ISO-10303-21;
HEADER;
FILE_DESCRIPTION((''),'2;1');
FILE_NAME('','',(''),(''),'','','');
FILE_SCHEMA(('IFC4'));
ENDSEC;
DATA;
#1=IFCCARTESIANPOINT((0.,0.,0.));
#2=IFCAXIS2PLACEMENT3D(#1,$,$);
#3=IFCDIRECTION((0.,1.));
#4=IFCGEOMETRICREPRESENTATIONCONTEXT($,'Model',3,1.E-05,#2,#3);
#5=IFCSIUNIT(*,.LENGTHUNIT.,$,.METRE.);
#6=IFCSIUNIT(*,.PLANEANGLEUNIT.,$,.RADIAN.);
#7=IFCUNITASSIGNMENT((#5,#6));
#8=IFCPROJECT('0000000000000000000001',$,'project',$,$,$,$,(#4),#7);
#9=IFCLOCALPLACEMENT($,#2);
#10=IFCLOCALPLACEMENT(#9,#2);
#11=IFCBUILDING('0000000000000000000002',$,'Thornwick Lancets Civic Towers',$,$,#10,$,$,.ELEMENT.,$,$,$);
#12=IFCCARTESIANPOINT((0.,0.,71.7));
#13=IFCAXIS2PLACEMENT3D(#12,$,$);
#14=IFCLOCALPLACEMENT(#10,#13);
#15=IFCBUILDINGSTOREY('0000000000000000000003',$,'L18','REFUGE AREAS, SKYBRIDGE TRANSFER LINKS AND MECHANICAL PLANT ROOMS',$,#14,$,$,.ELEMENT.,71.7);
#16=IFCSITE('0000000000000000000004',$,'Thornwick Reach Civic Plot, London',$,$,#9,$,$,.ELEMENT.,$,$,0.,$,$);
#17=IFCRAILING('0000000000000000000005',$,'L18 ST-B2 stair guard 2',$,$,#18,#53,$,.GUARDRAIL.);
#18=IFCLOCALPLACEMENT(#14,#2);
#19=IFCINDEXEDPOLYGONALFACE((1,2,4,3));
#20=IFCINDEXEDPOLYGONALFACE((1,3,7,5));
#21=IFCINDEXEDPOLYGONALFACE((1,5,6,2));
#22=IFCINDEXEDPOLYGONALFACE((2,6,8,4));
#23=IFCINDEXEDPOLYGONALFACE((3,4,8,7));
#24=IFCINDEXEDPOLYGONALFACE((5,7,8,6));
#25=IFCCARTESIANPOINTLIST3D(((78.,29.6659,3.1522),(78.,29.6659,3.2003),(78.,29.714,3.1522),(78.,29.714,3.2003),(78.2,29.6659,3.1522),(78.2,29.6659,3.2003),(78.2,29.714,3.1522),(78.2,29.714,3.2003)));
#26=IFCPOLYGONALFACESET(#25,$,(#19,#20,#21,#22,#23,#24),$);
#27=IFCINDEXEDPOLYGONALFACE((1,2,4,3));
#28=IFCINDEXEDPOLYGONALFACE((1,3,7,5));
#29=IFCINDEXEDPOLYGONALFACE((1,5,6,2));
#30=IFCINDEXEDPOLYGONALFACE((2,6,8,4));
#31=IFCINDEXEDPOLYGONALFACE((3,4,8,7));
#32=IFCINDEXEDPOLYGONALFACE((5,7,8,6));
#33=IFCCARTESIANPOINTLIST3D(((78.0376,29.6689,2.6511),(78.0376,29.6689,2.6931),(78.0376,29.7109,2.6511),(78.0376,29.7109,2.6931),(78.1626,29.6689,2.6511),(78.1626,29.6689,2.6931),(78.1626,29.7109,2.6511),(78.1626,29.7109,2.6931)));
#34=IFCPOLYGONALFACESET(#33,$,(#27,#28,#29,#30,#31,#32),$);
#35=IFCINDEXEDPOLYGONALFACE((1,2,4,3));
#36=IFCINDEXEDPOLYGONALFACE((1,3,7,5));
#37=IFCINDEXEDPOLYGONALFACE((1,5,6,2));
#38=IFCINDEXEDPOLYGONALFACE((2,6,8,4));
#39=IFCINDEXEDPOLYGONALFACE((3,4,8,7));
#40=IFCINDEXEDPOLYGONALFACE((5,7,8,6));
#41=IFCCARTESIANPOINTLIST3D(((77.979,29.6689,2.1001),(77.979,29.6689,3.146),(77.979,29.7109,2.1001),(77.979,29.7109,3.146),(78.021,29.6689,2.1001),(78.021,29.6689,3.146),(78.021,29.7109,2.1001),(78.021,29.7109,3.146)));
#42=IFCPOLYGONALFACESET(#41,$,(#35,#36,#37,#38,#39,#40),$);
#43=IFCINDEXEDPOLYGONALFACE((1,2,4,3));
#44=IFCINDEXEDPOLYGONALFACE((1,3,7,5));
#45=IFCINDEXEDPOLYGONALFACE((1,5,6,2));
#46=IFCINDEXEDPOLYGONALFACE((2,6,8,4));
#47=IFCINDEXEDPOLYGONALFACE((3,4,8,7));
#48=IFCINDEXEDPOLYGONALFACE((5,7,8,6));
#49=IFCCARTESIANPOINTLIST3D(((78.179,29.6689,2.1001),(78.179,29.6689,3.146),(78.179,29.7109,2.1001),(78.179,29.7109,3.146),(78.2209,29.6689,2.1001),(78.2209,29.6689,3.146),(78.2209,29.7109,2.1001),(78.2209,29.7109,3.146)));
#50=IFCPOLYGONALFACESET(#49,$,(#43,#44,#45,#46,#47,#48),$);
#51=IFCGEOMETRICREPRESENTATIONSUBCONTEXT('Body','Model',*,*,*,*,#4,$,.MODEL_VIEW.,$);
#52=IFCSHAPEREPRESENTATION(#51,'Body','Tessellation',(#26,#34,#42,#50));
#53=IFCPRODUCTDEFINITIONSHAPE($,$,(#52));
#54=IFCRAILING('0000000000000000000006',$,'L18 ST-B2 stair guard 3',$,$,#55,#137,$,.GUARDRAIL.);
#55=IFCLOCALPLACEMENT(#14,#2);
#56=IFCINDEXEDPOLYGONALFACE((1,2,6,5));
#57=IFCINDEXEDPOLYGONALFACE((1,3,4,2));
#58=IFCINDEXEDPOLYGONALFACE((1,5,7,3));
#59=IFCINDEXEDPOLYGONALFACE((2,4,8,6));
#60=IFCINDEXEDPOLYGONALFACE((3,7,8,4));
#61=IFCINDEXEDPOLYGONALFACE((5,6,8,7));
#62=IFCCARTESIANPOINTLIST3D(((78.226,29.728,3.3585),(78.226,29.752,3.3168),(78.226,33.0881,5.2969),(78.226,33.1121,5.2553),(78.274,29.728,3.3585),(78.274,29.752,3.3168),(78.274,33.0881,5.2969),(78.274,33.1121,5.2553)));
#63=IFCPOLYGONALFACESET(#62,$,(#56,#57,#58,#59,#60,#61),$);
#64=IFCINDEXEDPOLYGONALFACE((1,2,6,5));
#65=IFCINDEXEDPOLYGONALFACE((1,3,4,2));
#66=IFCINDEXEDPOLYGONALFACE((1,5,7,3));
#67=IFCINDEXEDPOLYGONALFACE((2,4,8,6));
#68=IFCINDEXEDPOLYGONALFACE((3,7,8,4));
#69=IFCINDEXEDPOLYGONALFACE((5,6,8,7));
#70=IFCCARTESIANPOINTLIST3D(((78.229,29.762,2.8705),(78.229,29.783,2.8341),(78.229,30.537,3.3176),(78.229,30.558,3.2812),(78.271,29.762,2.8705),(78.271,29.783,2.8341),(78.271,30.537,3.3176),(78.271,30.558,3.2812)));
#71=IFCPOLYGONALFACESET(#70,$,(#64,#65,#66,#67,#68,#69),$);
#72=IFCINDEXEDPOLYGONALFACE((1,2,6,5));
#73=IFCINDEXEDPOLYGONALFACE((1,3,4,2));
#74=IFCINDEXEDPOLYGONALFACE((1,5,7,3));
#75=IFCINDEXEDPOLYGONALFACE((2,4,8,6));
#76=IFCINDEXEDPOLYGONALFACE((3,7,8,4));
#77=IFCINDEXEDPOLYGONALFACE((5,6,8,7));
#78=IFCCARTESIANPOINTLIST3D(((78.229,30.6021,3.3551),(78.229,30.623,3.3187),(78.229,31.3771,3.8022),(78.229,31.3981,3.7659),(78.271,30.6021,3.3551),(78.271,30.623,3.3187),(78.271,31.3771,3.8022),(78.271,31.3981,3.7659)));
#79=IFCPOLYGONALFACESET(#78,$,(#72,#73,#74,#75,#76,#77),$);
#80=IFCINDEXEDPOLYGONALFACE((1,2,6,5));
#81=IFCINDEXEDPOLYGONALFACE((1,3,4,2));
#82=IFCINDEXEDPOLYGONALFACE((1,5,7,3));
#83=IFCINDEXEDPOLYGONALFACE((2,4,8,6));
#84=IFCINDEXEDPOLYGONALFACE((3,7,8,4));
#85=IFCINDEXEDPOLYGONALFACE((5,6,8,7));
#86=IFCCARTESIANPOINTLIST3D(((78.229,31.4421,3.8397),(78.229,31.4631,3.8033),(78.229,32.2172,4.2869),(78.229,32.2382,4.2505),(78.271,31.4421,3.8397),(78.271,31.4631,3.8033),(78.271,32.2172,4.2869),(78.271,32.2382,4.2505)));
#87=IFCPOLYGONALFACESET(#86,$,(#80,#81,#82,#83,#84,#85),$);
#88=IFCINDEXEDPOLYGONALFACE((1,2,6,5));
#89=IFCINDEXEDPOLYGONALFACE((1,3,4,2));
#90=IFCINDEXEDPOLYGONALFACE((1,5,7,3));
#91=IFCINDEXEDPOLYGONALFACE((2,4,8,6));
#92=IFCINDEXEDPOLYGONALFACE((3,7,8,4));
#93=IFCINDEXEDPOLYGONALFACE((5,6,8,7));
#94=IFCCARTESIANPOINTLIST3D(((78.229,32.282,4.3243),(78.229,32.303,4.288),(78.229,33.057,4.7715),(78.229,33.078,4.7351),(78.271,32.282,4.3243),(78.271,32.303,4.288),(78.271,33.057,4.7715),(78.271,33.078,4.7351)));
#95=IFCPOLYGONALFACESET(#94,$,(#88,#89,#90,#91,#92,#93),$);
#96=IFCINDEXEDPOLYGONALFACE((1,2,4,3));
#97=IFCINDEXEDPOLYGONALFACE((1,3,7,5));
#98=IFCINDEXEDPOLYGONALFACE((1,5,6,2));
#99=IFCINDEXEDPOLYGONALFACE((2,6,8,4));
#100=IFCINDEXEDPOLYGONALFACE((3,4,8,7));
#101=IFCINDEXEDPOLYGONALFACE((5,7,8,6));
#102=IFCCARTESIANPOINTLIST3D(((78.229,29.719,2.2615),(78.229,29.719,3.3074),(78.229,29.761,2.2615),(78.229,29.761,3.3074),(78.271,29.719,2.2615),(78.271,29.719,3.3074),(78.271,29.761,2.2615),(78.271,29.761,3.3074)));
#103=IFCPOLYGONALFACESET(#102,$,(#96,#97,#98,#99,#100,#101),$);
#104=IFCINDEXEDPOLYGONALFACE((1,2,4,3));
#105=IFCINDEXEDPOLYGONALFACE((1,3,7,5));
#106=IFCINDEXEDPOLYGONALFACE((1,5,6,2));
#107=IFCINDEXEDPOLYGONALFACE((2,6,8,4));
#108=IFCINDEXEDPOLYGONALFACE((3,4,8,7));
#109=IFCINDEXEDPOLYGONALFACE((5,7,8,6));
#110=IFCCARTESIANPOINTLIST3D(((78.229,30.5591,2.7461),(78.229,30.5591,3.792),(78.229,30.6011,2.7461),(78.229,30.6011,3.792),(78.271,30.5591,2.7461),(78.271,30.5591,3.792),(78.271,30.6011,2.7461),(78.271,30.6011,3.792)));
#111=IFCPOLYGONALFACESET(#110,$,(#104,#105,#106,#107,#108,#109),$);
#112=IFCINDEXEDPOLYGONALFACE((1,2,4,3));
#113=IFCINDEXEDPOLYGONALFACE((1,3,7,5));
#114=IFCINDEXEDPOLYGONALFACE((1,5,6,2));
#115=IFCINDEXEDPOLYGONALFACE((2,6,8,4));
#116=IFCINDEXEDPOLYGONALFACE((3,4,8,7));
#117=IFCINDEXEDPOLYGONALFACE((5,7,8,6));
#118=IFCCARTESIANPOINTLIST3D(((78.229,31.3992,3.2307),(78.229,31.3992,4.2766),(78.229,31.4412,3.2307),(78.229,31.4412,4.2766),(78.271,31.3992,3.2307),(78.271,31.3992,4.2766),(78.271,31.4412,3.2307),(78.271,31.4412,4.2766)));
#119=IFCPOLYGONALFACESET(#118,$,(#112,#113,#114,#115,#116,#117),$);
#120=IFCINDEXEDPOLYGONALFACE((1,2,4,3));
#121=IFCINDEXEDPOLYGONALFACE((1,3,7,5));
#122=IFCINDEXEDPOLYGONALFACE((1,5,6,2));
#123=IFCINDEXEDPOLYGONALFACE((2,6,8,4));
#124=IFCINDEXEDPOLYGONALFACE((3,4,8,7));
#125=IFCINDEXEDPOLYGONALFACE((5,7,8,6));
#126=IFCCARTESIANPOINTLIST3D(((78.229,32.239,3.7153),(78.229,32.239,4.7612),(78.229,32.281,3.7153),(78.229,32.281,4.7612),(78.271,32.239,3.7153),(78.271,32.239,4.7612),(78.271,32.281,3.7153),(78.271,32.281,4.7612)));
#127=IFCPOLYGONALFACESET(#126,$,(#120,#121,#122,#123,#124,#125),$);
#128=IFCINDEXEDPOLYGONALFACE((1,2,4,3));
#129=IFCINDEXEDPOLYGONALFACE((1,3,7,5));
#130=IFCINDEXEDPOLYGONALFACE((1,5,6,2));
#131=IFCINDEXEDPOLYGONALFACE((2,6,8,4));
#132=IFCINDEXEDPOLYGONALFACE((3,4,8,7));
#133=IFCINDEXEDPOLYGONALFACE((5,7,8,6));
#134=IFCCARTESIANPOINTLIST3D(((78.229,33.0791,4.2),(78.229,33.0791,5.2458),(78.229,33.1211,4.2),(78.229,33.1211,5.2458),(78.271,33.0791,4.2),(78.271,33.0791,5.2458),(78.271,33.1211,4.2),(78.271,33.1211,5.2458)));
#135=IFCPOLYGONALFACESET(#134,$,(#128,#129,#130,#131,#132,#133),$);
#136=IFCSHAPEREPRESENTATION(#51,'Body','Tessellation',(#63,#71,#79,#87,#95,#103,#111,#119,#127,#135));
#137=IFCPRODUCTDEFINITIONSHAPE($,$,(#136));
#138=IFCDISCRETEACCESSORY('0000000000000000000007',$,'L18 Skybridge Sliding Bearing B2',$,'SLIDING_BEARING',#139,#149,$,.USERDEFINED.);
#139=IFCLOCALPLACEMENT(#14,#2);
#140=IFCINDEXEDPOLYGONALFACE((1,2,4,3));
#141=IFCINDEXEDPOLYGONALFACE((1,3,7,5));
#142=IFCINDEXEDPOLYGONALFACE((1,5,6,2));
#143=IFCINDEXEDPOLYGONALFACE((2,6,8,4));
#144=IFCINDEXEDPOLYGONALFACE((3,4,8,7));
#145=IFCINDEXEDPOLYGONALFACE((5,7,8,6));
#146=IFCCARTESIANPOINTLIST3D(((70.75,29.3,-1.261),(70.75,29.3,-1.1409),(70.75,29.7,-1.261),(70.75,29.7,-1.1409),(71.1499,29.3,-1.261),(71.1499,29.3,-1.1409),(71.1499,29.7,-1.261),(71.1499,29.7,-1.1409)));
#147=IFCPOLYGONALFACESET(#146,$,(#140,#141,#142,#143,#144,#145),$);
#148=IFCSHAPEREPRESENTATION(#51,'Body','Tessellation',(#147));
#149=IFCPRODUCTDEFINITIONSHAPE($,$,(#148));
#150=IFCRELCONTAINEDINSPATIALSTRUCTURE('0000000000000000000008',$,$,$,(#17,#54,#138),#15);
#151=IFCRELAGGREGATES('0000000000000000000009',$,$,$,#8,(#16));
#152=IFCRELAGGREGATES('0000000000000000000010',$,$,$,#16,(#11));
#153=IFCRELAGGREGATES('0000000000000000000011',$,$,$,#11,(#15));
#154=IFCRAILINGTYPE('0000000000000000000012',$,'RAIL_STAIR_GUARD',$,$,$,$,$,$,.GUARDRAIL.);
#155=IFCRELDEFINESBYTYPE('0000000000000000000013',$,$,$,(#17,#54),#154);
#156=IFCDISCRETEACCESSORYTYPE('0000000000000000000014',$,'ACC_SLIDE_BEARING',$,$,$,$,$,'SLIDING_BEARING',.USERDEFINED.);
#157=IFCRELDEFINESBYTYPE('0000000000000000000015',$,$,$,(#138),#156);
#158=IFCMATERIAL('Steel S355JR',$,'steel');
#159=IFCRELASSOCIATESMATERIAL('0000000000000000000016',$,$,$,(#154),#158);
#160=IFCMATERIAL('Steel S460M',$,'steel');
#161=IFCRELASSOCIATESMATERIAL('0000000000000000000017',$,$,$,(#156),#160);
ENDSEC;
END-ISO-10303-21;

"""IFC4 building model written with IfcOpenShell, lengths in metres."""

from ifc_helpers import new_model, si_unit, direction, frame, origin, origin_2d, place, context, subcontext, project, spatial, rectangle, extrude, material, type_object, element, save


model = new_model("IFC4")

# Units and contexts
model_context = context("Model", 3, precision=1e-05, world=origin(), true_north=direction((0.0, 1.0)))
body_context = subcontext(model_context, "Body", "Model", "MODEL_VIEW")
ifc_project = project(units=[si_unit("LENGTHUNIT", "METRE"), si_unit("PLANEANGLEUNIT", "RADIAN")], contexts=[model_context])

# Site, building, storey
site_placement = place(None, origin())
site = spatial("IfcSite", under=ifc_project, at=site_placement, Name="Thornwick Reach Civic Plot, London", CompositionType="ELEMENT", RefElevation=0.0)
building_placement = place(site_placement, origin())
building = spatial("IfcBuilding", under=site, at=building_placement, Name="Thornwick Lancets Civic Towers", CompositionType="ELEMENT")
storey_placement = place(building_placement, frame((0.0, 0.0, 71.7)))
storey = spatial("IfcBuildingStorey", under=building, at=storey_placement, Name="L18", Description="REFUGE AREAS, SKYBRIDGE TRANSFER LINKS AND MECHANICAL PLANT ROOMS", CompositionType="ELEMENT", Elevation=71.7)

# Shared definitions
ifc_material_1 = material(Name="Steel S355JR", Category="steel")

# Shared definitions
ifc_material_2 = material(Name="Steel S460M", Category="steel")

# Railings
railing_type_1 = type_object("IfcRailingType", Name="RAIL_STAIR_GUARD", PredefinedType="GUARDRAIL", material=ifc_material_1)
railing_1_placement = place(storey_placement, frame((78.0, 29.6899, 2.1001)))
element("IfcRailing", 1, at=railing_1_placement, inside=storey, type_object=railing_type_1, Name="L18 ST-B2 stair guard 2", PredefinedType="GUARDRAIL", context=body_context, shape_type="SweptSolid", body=[
    extrude(rectangle(XDim=0.0481, YDim=0.0481, at=origin_2d()), frame((0.0, 0.0, 1.0762), z_axis=(1.0, 0.0, 0.0), x_axis=(0.0, 1.0, 0.0)), (0.0, 0.0, 1.0), 0.2),
    extrude(rectangle(XDim=0.042, YDim=0.042, at=origin_2d()), frame((0.0376, 0.0, 0.572), z_axis=(1.0, 0.0, 0.0), x_axis=(0.0, 1.0, 0.0)), (0.0, 0.0, 1.0), 0.125),
    extrude(rectangle(XDim=0.042, YDim=0.042, at=origin_2d()), origin(), (0.0, 0.0, 1.0), 1.0459),
    extrude(rectangle(XDim=0.042, YDim=0.042, at=origin_2d()), frame((0.2, 0.0, 0.0)), (0.0, 0.0, 1.0), 1.0459),
])
railing_2_placement = place(storey_placement, frame((78.25, 29.74, 2.2615)))
element("IfcRailing", 2, at=railing_2_placement, inside=storey, type_object=railing_type_1, Name="L18 ST-B2 stair guard 3", PredefinedType="GUARDRAIL", context=body_context, shape_type="SweptSolid", body=[
    extrude(rectangle(XDim=0.0481, YDim=0.0481, at=origin_2d()), frame((0.0, 0.0, 1.0762), z_axis=(0.0, 0.866191, 0.499713), x_axis=(-1.0, 0.0, 0.0)), (0.0, 0.0, 1.0), 3.8792),
    extrude(rectangle(XDim=0.042, YDim=0.042, at=origin_2d()), frame((0.0, 0.0325, 0.5908), z_axis=(0.0, 0.866191, 0.499713), x_axis=(-1.0, 0.0, 0.0)), (0.0, 0.0, 1.0), 0.8948),
    extrude(rectangle(XDim=0.042, YDim=0.042, at=origin_2d()), frame((0.0, 0.8726, 1.0754), z_axis=(0.0, 0.866191, 0.499713), x_axis=(-1.0, 0.0, 0.0)), (0.0, 0.0, 1.0), 0.8948),
    extrude(rectangle(XDim=0.042, YDim=0.042, at=origin_2d()), frame((0.0, 1.7126, 1.5601), z_axis=(0.0, 0.866191, 0.499713), x_axis=(-1.0, 0.0, 0.0)), (0.0, 0.0, 1.0), 0.8948),
    extrude(rectangle(XDim=0.042, YDim=0.042, at=origin_2d()), frame((0.0, 2.5525, 2.0447), z_axis=(0.0, 0.866191, 0.499713), x_axis=(-1.0, 0.0, 0.0)), (0.0, 0.0, 1.0), 0.8948),
    extrude(rectangle(XDim=0.042, YDim=0.042, at=origin_2d()), origin(), (0.0, 0.0, 1.0), 1.0459),
    extrude(rectangle(XDim=0.042, YDim=0.042, at=origin_2d()), frame((0.0, 0.8401, 0.4846)), (0.0, 0.0, 1.0), 1.0459),
    extrude(rectangle(XDim=0.042, YDim=0.042, at=origin_2d()), frame((0.0, 1.6802, 0.9692)), (0.0, 0.0, 1.0), 1.0459),
    extrude(rectangle(XDim=0.042, YDim=0.042, at=origin_2d()), frame((0.0, 2.52, 1.4539)), (0.0, 0.0, 1.0), 1.0459),
    extrude(rectangle(XDim=0.042, YDim=0.042, at=origin_2d()), frame((0.0, 3.3601, 1.9385)), (0.0, 0.0, 1.0), 1.0459),
])

# Discrete accessory
discrete_accessory_type = type_object("IfcDiscreteAccessoryType", Name="ACC_SLIDE_BEARING", ElementType="SLIDING_BEARING", PredefinedType="USERDEFINED", material=ifc_material_2)
discrete_accessory_placement = place(storey_placement, frame((70.95, 29.5, -1.261), z_axis=(0.0, 0.0, 1.0), x_axis=(1.0, 0.0, 0.0)))
element("IfcDiscreteAccessory", 3, at=discrete_accessory_placement, inside=storey, type_object=discrete_accessory_type, Name="L18 Skybridge Sliding Bearing B2", ObjectType="SLIDING_BEARING", PredefinedType="USERDEFINED", context=body_context, shape_type="SweptSolid", body=[
    extrude(rectangle(XDim=0.3999, YDim=0.3999, at=origin_2d()), origin(), (0.0, 0.0, 1.0), 0.1201),
])

save(model, "model.ifc")
